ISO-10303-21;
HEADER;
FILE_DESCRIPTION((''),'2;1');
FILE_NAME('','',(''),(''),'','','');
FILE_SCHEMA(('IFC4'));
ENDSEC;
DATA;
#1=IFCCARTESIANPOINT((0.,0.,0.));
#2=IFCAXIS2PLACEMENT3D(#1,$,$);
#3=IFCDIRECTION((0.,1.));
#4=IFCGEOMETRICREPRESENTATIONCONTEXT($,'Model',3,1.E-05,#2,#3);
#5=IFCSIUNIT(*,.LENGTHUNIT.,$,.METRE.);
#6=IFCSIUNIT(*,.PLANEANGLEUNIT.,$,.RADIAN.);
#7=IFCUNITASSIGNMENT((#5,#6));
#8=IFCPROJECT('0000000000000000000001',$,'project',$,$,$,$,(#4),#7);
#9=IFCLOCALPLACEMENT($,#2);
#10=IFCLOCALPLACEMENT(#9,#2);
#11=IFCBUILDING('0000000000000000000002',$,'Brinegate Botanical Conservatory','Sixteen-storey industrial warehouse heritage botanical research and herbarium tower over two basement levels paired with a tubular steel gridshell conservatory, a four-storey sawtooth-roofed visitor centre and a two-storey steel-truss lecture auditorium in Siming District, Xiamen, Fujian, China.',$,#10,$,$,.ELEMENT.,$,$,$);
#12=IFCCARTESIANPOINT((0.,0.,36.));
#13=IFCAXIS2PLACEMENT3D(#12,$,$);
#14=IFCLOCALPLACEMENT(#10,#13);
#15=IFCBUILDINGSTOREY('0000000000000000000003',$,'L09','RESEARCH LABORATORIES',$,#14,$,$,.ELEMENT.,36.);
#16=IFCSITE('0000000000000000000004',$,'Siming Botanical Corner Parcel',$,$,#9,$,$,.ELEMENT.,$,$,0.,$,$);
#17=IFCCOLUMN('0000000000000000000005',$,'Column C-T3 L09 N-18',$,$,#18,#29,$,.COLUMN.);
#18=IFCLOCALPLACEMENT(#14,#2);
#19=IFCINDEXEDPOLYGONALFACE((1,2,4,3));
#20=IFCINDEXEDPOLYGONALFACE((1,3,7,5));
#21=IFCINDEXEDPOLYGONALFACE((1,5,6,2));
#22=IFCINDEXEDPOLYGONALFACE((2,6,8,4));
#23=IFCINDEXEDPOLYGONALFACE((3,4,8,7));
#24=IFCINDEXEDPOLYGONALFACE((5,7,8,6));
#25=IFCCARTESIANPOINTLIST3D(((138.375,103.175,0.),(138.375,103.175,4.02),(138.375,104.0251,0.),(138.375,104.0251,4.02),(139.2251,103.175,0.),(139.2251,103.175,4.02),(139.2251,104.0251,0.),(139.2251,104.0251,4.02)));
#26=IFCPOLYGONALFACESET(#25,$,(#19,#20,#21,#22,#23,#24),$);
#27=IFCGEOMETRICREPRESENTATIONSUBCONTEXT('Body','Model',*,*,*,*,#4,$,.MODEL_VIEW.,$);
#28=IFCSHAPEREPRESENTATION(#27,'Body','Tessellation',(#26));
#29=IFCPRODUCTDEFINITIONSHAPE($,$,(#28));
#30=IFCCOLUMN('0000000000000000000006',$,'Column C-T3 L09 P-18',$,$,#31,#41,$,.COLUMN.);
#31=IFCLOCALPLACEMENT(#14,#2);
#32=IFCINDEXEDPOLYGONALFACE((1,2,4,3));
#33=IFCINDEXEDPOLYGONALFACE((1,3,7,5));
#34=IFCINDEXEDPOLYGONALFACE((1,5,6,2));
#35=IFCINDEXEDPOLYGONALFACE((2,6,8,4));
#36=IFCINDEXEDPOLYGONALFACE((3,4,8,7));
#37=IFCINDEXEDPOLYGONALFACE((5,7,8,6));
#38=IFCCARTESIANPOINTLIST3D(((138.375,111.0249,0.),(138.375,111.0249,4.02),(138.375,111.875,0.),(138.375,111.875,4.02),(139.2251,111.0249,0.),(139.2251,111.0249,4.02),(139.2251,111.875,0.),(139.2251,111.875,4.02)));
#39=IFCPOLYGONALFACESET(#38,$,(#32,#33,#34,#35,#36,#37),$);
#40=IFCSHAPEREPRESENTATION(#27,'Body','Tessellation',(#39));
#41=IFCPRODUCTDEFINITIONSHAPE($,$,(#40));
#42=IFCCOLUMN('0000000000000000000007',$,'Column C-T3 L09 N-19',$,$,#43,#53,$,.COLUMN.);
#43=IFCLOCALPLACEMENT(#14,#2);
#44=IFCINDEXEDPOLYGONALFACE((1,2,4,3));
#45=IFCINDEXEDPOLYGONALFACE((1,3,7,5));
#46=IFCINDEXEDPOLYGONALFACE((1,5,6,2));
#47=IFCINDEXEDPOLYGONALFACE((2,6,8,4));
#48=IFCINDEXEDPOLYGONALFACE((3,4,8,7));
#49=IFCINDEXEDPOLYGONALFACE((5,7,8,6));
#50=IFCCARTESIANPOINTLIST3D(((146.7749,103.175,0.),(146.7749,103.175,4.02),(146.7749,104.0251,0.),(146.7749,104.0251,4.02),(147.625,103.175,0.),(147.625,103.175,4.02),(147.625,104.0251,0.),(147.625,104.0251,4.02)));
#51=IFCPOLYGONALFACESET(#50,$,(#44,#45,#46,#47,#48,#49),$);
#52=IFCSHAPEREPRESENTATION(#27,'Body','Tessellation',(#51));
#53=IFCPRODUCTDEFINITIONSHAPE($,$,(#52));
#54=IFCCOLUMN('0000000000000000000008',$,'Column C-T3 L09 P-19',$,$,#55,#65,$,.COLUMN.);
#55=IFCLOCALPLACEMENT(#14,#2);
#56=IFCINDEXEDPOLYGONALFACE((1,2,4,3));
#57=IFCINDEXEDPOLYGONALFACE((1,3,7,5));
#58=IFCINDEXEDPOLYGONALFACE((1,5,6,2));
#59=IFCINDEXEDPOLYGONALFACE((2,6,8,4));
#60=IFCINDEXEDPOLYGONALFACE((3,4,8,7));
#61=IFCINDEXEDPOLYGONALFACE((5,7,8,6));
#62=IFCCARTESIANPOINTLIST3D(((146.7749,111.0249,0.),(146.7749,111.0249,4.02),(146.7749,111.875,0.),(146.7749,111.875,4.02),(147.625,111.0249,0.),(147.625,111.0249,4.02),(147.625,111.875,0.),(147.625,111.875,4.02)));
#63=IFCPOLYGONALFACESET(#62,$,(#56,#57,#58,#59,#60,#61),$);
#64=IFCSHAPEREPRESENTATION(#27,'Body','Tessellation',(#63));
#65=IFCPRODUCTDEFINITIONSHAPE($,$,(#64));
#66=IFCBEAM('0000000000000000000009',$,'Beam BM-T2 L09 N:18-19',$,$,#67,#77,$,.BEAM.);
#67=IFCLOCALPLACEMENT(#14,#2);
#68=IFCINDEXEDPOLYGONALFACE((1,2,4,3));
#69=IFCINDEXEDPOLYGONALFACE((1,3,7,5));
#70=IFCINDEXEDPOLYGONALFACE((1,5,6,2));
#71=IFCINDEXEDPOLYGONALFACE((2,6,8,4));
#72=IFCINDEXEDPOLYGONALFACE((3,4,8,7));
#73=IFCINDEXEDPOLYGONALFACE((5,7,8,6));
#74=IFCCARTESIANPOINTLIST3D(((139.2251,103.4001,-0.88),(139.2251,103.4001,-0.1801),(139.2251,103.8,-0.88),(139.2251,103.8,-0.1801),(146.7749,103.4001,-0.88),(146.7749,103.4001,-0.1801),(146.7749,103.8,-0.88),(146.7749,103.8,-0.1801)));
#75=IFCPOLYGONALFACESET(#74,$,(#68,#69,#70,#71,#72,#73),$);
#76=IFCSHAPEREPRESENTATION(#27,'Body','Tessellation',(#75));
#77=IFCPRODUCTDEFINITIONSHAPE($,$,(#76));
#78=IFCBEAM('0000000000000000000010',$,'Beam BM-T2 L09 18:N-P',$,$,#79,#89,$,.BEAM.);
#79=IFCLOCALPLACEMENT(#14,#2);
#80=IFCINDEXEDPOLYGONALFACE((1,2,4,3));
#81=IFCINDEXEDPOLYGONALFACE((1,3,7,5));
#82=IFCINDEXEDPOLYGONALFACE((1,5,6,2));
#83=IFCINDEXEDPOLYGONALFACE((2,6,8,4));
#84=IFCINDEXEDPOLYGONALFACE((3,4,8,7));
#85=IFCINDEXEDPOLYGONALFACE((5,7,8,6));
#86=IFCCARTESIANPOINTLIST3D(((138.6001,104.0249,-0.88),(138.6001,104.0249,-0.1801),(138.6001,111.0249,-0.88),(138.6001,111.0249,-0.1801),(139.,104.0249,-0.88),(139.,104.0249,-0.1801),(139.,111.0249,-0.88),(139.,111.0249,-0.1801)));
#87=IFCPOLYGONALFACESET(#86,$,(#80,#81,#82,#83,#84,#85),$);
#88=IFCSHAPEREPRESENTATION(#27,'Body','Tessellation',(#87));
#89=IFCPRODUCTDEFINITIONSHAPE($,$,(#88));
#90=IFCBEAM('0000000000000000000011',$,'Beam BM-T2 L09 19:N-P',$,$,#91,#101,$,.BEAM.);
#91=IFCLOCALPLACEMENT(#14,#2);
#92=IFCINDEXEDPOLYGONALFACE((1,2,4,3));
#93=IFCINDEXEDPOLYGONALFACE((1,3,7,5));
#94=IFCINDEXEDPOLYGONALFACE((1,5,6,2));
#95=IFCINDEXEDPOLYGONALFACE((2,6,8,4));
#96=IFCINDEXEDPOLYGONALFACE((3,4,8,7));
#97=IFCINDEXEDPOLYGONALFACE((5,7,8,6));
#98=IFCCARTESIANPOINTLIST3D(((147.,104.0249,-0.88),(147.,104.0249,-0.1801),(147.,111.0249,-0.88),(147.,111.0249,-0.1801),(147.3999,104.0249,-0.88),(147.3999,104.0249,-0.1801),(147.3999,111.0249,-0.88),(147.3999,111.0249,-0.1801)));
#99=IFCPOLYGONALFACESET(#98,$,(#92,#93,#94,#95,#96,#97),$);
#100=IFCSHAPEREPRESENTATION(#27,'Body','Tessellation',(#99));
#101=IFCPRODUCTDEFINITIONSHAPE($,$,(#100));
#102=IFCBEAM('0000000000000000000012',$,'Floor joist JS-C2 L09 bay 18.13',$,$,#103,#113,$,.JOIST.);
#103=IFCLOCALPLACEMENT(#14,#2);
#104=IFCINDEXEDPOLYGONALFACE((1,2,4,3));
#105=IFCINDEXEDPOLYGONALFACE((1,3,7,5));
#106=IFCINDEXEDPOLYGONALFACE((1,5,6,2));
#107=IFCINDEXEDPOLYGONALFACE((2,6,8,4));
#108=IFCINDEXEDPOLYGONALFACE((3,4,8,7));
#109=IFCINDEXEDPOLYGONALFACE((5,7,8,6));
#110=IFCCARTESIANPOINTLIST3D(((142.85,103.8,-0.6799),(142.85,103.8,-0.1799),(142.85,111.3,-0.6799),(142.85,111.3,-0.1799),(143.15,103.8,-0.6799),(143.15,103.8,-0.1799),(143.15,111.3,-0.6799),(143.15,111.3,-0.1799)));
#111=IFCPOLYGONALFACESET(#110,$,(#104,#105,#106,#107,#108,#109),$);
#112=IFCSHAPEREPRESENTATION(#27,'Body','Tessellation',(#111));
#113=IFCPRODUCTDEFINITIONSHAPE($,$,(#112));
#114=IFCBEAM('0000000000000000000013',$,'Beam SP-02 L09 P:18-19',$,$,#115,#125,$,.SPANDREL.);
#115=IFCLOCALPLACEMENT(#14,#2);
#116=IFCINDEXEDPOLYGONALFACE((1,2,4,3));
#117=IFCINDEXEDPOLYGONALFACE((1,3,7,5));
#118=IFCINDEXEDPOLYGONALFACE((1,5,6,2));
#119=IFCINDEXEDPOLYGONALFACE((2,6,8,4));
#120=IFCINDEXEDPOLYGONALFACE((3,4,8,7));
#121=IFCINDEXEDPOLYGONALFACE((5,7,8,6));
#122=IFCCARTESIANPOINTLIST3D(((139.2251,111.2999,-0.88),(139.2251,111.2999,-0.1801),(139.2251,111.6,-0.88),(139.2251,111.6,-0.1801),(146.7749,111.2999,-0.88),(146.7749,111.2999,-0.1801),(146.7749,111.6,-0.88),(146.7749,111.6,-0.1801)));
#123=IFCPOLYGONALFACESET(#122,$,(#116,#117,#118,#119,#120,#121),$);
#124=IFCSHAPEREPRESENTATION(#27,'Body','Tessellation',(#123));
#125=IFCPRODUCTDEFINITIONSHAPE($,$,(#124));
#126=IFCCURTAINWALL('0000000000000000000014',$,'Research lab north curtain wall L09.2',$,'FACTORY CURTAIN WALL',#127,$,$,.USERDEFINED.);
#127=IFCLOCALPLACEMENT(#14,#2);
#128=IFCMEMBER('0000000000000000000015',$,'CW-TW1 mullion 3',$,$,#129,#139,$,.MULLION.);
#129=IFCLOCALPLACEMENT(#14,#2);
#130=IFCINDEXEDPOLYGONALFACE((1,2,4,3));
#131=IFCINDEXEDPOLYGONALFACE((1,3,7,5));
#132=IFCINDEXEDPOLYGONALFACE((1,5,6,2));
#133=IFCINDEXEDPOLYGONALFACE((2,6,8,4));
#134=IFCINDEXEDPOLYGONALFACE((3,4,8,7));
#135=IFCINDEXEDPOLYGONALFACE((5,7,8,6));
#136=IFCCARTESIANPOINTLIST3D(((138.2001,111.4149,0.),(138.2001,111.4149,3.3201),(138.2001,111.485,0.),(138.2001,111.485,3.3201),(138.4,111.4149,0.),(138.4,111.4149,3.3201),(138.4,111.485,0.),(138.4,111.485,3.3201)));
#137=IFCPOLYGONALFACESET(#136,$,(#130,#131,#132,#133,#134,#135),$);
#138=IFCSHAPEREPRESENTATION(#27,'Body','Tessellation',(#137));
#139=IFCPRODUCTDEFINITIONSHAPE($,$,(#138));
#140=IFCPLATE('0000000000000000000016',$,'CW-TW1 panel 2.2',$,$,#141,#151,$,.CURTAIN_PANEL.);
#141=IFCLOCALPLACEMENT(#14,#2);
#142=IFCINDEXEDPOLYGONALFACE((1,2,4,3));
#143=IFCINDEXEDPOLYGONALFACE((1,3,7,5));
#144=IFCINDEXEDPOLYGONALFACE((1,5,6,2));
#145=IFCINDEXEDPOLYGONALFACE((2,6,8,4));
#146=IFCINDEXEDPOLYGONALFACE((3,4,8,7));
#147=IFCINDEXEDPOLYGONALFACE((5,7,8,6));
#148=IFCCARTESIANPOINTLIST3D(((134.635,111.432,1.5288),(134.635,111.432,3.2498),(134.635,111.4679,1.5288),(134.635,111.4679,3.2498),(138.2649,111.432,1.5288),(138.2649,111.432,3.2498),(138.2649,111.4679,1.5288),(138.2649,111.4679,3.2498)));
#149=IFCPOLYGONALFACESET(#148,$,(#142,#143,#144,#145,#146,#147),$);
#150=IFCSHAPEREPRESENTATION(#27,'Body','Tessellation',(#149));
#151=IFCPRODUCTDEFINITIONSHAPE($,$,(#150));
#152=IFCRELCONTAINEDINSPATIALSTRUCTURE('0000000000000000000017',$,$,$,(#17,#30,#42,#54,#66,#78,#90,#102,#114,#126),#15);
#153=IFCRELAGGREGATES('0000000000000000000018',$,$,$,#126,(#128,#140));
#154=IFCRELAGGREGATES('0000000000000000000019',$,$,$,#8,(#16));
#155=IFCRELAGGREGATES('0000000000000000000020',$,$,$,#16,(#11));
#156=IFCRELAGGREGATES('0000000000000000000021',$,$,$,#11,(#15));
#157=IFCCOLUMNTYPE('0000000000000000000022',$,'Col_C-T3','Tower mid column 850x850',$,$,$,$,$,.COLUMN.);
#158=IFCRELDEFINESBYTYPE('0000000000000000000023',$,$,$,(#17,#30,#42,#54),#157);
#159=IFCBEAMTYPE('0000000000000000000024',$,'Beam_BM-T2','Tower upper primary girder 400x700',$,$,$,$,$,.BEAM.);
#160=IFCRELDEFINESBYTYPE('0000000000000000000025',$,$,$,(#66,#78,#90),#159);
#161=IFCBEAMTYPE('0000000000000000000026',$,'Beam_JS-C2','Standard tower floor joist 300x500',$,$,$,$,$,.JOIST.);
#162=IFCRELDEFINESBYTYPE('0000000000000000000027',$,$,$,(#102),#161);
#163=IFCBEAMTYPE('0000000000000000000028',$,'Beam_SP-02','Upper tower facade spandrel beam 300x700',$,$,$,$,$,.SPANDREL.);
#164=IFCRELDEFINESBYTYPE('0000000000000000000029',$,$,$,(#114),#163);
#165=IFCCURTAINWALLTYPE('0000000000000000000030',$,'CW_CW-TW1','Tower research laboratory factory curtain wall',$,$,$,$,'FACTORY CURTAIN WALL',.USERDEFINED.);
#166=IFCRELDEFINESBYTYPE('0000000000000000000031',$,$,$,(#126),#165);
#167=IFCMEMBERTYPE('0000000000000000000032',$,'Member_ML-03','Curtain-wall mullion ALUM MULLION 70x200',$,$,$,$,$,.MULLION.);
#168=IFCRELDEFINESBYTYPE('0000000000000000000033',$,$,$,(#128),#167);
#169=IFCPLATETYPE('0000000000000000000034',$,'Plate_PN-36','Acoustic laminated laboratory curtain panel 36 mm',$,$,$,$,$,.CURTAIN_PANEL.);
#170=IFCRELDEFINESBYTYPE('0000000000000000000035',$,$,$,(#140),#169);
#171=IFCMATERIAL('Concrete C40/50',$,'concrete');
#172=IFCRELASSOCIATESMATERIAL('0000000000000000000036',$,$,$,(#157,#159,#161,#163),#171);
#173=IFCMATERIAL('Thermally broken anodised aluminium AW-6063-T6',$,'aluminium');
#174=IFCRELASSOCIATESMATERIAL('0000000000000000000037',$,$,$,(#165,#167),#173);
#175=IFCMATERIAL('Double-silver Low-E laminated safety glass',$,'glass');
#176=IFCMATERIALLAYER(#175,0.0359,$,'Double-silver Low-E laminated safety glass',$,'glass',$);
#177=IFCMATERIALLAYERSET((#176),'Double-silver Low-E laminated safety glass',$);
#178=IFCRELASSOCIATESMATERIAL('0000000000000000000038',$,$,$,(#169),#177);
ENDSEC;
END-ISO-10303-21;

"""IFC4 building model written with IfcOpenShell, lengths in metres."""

from ifc_helpers import new_model, si_unit, direction, frame, origin, origin_2d, place, context, subcontext, project, spatial, rectangle, extrude, material, layer, layer_set, material_profile, profile_set, type_object, element, aggregate, save


model = new_model("IFC4")

# Units and contexts
model_context = context("Model", 3, precision=1e-05, world=origin(), true_north=direction((0.0, 1.0)))
body_context = subcontext(model_context, "Body", "Model", "MODEL_VIEW")
ifc_project = project(units=[si_unit("LENGTHUNIT", "METRE"), si_unit("PLANEANGLEUNIT", "RADIAN")], contexts=[model_context])

# Site, building, storey
site_placement = place(None, origin())
site = spatial("IfcSite", under=ifc_project, at=site_placement, Name="Siming Botanical Corner Parcel", CompositionType="ELEMENT", RefElevation=0.0)
building_placement = place(site_placement, origin())
building = spatial("IfcBuilding", under=site, at=building_placement, Name="Brinegate Botanical Conservatory", Description="Sixteen-storey industrial warehouse heritage botanical research and herbarium tower over two basement levels paired with a tubular steel gridshell conservatory, a four-storey sawtooth-roofed visitor centre and a two-storey steel-truss lecture auditorium in Siming District, Xiamen, Fujian, China.", CompositionType="ELEMENT")
storey_placement = place(building_placement, frame((0.0, 0.0, 36.0)))
storey = spatial("IfcBuildingStorey", under=building, at=storey_placement, Name="L09", Description="RESEARCH LABORATORIES", CompositionType="ELEMENT", Elevation=36.0)

# Columns
ifc_material_1 = material(Name="Concrete C40/50", Category="concrete")
ifc_material_profile_1 = material_profile(ifc_material_1, rectangle(XDim=0.8501, YDim=0.8501, at=origin_2d()), Name="RC COL 850x850")
ifc_profile_set_1 = profile_set([ifc_material_profile_1], Name="Concrete C40/50")
column_type = type_object("IfcColumnType", Name="Col_C-T3", Description="Tower mid column 850x850", PredefinedType="COLUMN", material=ifc_profile_set_1)
for number, where, z_axis, x_axis, name in (
    (1, (138.8, 103.6001, 0.0), (0.0, 0.0, 1.0), (1.0, 0.0, 0.0), "Column C-T3 L09 N-18"),
    (2, (138.8, 111.45, 0.0), (0.0, 0.0, 1.0), (1.0, 0.0, 0.0), "Column C-T3 L09 P-18"),
    (3, (147.2, 103.6001, 0.0), (0.0, 0.0, 1.0), (1.0, 0.0, 0.0), "Column C-T3 L09 N-19"),
    (4, (147.2, 111.45, 0.0), (0.0, 0.0, 1.0), (1.0, 0.0, 0.0), "Column C-T3 L09 P-19"),
):
    element("IfcColumn", number, at=place(storey_placement, frame(where, z_axis=z_axis, x_axis=x_axis)), inside=storey, type_object=column_type, Name=name, PredefinedType="COLUMN", context=body_context, shape_type="SweptSolid", body=[
        extrude(rectangle(XDim=0.8501, YDim=0.8501, at=origin_2d()), origin(), (0.0, 0.0, 1.0), 4.02),
    ])

# Beams
ifc_material_profile_2 = material_profile(ifc_material_1, rectangle(XDim=0.3999, YDim=0.7, at=origin_2d()), Name="RC BM 400x700")
ifc_profile_set_2 = profile_set([ifc_material_profile_2], Name="Concrete C40/50")
beam_type_1 = type_object("IfcBeamType", Name="Beam_BM-T2", Description="Tower upper primary girder 400x700", PredefinedType="BEAM", material=ifc_profile_set_2)
beam_1_placement = place(storey_placement, frame((139.2251, 103.6001, -0.53), z_axis=(1.0, 0.0, 0.0), x_axis=(0.0, 1.0, 0.0)))
element("IfcBeam", 5, at=beam_1_placement, inside=storey, type_object=beam_type_1, Name="Beam BM-T2 L09 N:18-19", PredefinedType="BEAM", context=body_context, shape_type="SweptSolid", body=[
    extrude(rectangle(XDim=0.3999, YDim=0.7, at=origin_2d()), origin(), (0.0, 0.0, 1.0), 7.5498),
])
for number, where, z_axis, x_axis, name in (
    (6, (138.8, 104.0249, -0.53), (0.0, 1.0, 0.0), (-1.0, 0.0, 0.0), "Beam BM-T2 L09 18:N-P"),
    (7, (147.2, 104.0249, -0.53), (0.0, 1.0, 0.0), (-1.0, 0.0, 0.0), "Beam BM-T2 L09 19:N-P"),
):
    element("IfcBeam", number, at=place(storey_placement, frame(where, z_axis=z_axis, x_axis=x_axis)), inside=storey, type_object=beam_type_1, Name=name, PredefinedType="BEAM", context=body_context, shape_type="SweptSolid", body=[
        extrude(rectangle(XDim=0.3999, YDim=0.7, at=origin_2d()), origin(), (0.0, 0.0, 1.0), 7.0),
    ])
ifc_material_profile_3 = material_profile(ifc_material_1, rectangle(XDim=0.3, YDim=0.5, at=origin_2d()), Name="RC JST 300x500")
ifc_profile_set_3 = profile_set([ifc_material_profile_3], Name="Concrete C40/50")
beam_type_2 = type_object("IfcBeamType", Name="Beam_JS-C2", Description="Standard tower floor joist 300x500", PredefinedType="JOIST", material=ifc_profile_set_3)
beam_2_placement = place(storey_placement, frame((143.0, 103.8, -0.4299), z_axis=(0.0, 1.0, 0.0), x_axis=(-1.0, 0.0, 0.0)))
element("IfcBeam", 8, at=beam_2_placement, inside=storey, type_object=beam_type_2, Name="Floor joist JS-C2 L09 bay 18.13", PredefinedType="JOIST", context=body_context, shape_type="SweptSolid", body=[
    extrude(rectangle(XDim=0.3, YDim=0.5, at=origin_2d()), origin(), (0.0, 0.0, 1.0), 7.5),
])
ifc_material_profile_4 = material_profile(ifc_material_1, rectangle(XDim=0.3, YDim=0.7, at=origin_2d()), Name="RC SPN 300x700")
ifc_profile_set_4 = profile_set([ifc_material_profile_4], Name="Concrete C40/50")
beam_type_3 = type_object("IfcBeamType", Name="Beam_SP-02", Description="Upper tower facade spandrel beam 300x700", PredefinedType="SPANDREL", material=ifc_profile_set_4)
beam_3_placement = place(storey_placement, frame((139.2251, 111.45, -0.53), z_axis=(1.0, 0.0, 0.0), x_axis=(0.0, 1.0, 0.0)))
element("IfcBeam", 9, at=beam_3_placement, inside=storey, type_object=beam_type_3, Name="Beam SP-02 L09 P:18-19", PredefinedType="SPANDREL", context=body_context, shape_type="SweptSolid", body=[
    extrude(rectangle(XDim=0.3, YDim=0.7, at=origin_2d()), origin(), (0.0, 0.0, 1.0), 7.5498),
])

# Curtain wall, member, plate
ifc_material_2 = material(Name="Thermally broken anodised aluminium AW-6063-T6", Category="aluminium")
curtain_wall_type = type_object("IfcCurtainWallType", Name="CW_CW-TW1", Description="Tower research laboratory factory curtain wall", ElementType="FACTORY CURTAIN WALL", PredefinedType="USERDEFINED", material=ifc_material_2)
curtain_wall_placement = place(storey_placement, origin())
curtain_wall = element("IfcCurtainWall", 10, at=curtain_wall_placement, inside=storey, type_object=curtain_wall_type, Name="Research lab north curtain wall L09.2", ObjectType="FACTORY CURTAIN WALL", PredefinedType="USERDEFINED")
ifc_material_profile_5 = material_profile(ifc_material_2, rectangle(XDim=0.0701, YDim=0.2, at=origin_2d()), Name="ALUM MULLION 70x200")
ifc_profile_set_5 = profile_set([ifc_material_profile_5], Name="Thermally broken anodised aluminium AW-6063-T6")
member_type = type_object("IfcMemberType", Name="Member_ML-03", Description="Curtain-wall mullion ALUM MULLION 70x200", PredefinedType="MULLION", material=ifc_profile_set_5)
member_placement = place(storey_placement, frame((138.3, 111.45, 0.0), z_axis=(0.0, 0.0, 1.0), x_axis=(0.0, 1.0, 0.0)))
member = element("IfcMember", 11, at=member_placement, type_object=member_type, Name="CW-TW1 mullion 3", PredefinedType="MULLION", context=body_context, shape_type="SweptSolid", body=[
    extrude(rectangle(XDim=0.0701, YDim=0.2, at=origin_2d()), origin(), (0.0, 0.0, 1.0), 3.3201),
])
ifc_material_3 = material(Name="Double-silver Low-E laminated safety glass", Category="glass")
ifc_layer_1 = layer(ifc_material_3, 0.0359, Name="Double-silver Low-E laminated safety glass", Category="glass")
ifc_layer_set_1 = layer_set([ifc_layer_1], Name="Double-silver Low-E laminated safety glass")
plate_type = type_object("IfcPlateType", Name="Plate_PN-36", Description="Acoustic laminated laboratory curtain panel 36 mm", PredefinedType="CURTAIN_PANEL", material=ifc_layer_set_1)
plate_placement = place(storey_placement, frame((136.45, 111.45, 1.5288), z_axis=(0.0, 0.0, 1.0), x_axis=(1.0, 0.0, 0.0)))
plate = element("IfcPlate", 12, at=plate_placement, type_object=plate_type, Name="CW-TW1 panel 2.2", PredefinedType="CURTAIN_PANEL", context=body_context, shape_type="SweptSolid", body=[
    extrude(rectangle(XDim=3.6299, YDim=0.0359, at=origin_2d()), origin(), (0.0, 0.0, 1.0), 1.7209),
])
aggregate(curtain_wall, [member, plate])

save(model, "model.ifc")
